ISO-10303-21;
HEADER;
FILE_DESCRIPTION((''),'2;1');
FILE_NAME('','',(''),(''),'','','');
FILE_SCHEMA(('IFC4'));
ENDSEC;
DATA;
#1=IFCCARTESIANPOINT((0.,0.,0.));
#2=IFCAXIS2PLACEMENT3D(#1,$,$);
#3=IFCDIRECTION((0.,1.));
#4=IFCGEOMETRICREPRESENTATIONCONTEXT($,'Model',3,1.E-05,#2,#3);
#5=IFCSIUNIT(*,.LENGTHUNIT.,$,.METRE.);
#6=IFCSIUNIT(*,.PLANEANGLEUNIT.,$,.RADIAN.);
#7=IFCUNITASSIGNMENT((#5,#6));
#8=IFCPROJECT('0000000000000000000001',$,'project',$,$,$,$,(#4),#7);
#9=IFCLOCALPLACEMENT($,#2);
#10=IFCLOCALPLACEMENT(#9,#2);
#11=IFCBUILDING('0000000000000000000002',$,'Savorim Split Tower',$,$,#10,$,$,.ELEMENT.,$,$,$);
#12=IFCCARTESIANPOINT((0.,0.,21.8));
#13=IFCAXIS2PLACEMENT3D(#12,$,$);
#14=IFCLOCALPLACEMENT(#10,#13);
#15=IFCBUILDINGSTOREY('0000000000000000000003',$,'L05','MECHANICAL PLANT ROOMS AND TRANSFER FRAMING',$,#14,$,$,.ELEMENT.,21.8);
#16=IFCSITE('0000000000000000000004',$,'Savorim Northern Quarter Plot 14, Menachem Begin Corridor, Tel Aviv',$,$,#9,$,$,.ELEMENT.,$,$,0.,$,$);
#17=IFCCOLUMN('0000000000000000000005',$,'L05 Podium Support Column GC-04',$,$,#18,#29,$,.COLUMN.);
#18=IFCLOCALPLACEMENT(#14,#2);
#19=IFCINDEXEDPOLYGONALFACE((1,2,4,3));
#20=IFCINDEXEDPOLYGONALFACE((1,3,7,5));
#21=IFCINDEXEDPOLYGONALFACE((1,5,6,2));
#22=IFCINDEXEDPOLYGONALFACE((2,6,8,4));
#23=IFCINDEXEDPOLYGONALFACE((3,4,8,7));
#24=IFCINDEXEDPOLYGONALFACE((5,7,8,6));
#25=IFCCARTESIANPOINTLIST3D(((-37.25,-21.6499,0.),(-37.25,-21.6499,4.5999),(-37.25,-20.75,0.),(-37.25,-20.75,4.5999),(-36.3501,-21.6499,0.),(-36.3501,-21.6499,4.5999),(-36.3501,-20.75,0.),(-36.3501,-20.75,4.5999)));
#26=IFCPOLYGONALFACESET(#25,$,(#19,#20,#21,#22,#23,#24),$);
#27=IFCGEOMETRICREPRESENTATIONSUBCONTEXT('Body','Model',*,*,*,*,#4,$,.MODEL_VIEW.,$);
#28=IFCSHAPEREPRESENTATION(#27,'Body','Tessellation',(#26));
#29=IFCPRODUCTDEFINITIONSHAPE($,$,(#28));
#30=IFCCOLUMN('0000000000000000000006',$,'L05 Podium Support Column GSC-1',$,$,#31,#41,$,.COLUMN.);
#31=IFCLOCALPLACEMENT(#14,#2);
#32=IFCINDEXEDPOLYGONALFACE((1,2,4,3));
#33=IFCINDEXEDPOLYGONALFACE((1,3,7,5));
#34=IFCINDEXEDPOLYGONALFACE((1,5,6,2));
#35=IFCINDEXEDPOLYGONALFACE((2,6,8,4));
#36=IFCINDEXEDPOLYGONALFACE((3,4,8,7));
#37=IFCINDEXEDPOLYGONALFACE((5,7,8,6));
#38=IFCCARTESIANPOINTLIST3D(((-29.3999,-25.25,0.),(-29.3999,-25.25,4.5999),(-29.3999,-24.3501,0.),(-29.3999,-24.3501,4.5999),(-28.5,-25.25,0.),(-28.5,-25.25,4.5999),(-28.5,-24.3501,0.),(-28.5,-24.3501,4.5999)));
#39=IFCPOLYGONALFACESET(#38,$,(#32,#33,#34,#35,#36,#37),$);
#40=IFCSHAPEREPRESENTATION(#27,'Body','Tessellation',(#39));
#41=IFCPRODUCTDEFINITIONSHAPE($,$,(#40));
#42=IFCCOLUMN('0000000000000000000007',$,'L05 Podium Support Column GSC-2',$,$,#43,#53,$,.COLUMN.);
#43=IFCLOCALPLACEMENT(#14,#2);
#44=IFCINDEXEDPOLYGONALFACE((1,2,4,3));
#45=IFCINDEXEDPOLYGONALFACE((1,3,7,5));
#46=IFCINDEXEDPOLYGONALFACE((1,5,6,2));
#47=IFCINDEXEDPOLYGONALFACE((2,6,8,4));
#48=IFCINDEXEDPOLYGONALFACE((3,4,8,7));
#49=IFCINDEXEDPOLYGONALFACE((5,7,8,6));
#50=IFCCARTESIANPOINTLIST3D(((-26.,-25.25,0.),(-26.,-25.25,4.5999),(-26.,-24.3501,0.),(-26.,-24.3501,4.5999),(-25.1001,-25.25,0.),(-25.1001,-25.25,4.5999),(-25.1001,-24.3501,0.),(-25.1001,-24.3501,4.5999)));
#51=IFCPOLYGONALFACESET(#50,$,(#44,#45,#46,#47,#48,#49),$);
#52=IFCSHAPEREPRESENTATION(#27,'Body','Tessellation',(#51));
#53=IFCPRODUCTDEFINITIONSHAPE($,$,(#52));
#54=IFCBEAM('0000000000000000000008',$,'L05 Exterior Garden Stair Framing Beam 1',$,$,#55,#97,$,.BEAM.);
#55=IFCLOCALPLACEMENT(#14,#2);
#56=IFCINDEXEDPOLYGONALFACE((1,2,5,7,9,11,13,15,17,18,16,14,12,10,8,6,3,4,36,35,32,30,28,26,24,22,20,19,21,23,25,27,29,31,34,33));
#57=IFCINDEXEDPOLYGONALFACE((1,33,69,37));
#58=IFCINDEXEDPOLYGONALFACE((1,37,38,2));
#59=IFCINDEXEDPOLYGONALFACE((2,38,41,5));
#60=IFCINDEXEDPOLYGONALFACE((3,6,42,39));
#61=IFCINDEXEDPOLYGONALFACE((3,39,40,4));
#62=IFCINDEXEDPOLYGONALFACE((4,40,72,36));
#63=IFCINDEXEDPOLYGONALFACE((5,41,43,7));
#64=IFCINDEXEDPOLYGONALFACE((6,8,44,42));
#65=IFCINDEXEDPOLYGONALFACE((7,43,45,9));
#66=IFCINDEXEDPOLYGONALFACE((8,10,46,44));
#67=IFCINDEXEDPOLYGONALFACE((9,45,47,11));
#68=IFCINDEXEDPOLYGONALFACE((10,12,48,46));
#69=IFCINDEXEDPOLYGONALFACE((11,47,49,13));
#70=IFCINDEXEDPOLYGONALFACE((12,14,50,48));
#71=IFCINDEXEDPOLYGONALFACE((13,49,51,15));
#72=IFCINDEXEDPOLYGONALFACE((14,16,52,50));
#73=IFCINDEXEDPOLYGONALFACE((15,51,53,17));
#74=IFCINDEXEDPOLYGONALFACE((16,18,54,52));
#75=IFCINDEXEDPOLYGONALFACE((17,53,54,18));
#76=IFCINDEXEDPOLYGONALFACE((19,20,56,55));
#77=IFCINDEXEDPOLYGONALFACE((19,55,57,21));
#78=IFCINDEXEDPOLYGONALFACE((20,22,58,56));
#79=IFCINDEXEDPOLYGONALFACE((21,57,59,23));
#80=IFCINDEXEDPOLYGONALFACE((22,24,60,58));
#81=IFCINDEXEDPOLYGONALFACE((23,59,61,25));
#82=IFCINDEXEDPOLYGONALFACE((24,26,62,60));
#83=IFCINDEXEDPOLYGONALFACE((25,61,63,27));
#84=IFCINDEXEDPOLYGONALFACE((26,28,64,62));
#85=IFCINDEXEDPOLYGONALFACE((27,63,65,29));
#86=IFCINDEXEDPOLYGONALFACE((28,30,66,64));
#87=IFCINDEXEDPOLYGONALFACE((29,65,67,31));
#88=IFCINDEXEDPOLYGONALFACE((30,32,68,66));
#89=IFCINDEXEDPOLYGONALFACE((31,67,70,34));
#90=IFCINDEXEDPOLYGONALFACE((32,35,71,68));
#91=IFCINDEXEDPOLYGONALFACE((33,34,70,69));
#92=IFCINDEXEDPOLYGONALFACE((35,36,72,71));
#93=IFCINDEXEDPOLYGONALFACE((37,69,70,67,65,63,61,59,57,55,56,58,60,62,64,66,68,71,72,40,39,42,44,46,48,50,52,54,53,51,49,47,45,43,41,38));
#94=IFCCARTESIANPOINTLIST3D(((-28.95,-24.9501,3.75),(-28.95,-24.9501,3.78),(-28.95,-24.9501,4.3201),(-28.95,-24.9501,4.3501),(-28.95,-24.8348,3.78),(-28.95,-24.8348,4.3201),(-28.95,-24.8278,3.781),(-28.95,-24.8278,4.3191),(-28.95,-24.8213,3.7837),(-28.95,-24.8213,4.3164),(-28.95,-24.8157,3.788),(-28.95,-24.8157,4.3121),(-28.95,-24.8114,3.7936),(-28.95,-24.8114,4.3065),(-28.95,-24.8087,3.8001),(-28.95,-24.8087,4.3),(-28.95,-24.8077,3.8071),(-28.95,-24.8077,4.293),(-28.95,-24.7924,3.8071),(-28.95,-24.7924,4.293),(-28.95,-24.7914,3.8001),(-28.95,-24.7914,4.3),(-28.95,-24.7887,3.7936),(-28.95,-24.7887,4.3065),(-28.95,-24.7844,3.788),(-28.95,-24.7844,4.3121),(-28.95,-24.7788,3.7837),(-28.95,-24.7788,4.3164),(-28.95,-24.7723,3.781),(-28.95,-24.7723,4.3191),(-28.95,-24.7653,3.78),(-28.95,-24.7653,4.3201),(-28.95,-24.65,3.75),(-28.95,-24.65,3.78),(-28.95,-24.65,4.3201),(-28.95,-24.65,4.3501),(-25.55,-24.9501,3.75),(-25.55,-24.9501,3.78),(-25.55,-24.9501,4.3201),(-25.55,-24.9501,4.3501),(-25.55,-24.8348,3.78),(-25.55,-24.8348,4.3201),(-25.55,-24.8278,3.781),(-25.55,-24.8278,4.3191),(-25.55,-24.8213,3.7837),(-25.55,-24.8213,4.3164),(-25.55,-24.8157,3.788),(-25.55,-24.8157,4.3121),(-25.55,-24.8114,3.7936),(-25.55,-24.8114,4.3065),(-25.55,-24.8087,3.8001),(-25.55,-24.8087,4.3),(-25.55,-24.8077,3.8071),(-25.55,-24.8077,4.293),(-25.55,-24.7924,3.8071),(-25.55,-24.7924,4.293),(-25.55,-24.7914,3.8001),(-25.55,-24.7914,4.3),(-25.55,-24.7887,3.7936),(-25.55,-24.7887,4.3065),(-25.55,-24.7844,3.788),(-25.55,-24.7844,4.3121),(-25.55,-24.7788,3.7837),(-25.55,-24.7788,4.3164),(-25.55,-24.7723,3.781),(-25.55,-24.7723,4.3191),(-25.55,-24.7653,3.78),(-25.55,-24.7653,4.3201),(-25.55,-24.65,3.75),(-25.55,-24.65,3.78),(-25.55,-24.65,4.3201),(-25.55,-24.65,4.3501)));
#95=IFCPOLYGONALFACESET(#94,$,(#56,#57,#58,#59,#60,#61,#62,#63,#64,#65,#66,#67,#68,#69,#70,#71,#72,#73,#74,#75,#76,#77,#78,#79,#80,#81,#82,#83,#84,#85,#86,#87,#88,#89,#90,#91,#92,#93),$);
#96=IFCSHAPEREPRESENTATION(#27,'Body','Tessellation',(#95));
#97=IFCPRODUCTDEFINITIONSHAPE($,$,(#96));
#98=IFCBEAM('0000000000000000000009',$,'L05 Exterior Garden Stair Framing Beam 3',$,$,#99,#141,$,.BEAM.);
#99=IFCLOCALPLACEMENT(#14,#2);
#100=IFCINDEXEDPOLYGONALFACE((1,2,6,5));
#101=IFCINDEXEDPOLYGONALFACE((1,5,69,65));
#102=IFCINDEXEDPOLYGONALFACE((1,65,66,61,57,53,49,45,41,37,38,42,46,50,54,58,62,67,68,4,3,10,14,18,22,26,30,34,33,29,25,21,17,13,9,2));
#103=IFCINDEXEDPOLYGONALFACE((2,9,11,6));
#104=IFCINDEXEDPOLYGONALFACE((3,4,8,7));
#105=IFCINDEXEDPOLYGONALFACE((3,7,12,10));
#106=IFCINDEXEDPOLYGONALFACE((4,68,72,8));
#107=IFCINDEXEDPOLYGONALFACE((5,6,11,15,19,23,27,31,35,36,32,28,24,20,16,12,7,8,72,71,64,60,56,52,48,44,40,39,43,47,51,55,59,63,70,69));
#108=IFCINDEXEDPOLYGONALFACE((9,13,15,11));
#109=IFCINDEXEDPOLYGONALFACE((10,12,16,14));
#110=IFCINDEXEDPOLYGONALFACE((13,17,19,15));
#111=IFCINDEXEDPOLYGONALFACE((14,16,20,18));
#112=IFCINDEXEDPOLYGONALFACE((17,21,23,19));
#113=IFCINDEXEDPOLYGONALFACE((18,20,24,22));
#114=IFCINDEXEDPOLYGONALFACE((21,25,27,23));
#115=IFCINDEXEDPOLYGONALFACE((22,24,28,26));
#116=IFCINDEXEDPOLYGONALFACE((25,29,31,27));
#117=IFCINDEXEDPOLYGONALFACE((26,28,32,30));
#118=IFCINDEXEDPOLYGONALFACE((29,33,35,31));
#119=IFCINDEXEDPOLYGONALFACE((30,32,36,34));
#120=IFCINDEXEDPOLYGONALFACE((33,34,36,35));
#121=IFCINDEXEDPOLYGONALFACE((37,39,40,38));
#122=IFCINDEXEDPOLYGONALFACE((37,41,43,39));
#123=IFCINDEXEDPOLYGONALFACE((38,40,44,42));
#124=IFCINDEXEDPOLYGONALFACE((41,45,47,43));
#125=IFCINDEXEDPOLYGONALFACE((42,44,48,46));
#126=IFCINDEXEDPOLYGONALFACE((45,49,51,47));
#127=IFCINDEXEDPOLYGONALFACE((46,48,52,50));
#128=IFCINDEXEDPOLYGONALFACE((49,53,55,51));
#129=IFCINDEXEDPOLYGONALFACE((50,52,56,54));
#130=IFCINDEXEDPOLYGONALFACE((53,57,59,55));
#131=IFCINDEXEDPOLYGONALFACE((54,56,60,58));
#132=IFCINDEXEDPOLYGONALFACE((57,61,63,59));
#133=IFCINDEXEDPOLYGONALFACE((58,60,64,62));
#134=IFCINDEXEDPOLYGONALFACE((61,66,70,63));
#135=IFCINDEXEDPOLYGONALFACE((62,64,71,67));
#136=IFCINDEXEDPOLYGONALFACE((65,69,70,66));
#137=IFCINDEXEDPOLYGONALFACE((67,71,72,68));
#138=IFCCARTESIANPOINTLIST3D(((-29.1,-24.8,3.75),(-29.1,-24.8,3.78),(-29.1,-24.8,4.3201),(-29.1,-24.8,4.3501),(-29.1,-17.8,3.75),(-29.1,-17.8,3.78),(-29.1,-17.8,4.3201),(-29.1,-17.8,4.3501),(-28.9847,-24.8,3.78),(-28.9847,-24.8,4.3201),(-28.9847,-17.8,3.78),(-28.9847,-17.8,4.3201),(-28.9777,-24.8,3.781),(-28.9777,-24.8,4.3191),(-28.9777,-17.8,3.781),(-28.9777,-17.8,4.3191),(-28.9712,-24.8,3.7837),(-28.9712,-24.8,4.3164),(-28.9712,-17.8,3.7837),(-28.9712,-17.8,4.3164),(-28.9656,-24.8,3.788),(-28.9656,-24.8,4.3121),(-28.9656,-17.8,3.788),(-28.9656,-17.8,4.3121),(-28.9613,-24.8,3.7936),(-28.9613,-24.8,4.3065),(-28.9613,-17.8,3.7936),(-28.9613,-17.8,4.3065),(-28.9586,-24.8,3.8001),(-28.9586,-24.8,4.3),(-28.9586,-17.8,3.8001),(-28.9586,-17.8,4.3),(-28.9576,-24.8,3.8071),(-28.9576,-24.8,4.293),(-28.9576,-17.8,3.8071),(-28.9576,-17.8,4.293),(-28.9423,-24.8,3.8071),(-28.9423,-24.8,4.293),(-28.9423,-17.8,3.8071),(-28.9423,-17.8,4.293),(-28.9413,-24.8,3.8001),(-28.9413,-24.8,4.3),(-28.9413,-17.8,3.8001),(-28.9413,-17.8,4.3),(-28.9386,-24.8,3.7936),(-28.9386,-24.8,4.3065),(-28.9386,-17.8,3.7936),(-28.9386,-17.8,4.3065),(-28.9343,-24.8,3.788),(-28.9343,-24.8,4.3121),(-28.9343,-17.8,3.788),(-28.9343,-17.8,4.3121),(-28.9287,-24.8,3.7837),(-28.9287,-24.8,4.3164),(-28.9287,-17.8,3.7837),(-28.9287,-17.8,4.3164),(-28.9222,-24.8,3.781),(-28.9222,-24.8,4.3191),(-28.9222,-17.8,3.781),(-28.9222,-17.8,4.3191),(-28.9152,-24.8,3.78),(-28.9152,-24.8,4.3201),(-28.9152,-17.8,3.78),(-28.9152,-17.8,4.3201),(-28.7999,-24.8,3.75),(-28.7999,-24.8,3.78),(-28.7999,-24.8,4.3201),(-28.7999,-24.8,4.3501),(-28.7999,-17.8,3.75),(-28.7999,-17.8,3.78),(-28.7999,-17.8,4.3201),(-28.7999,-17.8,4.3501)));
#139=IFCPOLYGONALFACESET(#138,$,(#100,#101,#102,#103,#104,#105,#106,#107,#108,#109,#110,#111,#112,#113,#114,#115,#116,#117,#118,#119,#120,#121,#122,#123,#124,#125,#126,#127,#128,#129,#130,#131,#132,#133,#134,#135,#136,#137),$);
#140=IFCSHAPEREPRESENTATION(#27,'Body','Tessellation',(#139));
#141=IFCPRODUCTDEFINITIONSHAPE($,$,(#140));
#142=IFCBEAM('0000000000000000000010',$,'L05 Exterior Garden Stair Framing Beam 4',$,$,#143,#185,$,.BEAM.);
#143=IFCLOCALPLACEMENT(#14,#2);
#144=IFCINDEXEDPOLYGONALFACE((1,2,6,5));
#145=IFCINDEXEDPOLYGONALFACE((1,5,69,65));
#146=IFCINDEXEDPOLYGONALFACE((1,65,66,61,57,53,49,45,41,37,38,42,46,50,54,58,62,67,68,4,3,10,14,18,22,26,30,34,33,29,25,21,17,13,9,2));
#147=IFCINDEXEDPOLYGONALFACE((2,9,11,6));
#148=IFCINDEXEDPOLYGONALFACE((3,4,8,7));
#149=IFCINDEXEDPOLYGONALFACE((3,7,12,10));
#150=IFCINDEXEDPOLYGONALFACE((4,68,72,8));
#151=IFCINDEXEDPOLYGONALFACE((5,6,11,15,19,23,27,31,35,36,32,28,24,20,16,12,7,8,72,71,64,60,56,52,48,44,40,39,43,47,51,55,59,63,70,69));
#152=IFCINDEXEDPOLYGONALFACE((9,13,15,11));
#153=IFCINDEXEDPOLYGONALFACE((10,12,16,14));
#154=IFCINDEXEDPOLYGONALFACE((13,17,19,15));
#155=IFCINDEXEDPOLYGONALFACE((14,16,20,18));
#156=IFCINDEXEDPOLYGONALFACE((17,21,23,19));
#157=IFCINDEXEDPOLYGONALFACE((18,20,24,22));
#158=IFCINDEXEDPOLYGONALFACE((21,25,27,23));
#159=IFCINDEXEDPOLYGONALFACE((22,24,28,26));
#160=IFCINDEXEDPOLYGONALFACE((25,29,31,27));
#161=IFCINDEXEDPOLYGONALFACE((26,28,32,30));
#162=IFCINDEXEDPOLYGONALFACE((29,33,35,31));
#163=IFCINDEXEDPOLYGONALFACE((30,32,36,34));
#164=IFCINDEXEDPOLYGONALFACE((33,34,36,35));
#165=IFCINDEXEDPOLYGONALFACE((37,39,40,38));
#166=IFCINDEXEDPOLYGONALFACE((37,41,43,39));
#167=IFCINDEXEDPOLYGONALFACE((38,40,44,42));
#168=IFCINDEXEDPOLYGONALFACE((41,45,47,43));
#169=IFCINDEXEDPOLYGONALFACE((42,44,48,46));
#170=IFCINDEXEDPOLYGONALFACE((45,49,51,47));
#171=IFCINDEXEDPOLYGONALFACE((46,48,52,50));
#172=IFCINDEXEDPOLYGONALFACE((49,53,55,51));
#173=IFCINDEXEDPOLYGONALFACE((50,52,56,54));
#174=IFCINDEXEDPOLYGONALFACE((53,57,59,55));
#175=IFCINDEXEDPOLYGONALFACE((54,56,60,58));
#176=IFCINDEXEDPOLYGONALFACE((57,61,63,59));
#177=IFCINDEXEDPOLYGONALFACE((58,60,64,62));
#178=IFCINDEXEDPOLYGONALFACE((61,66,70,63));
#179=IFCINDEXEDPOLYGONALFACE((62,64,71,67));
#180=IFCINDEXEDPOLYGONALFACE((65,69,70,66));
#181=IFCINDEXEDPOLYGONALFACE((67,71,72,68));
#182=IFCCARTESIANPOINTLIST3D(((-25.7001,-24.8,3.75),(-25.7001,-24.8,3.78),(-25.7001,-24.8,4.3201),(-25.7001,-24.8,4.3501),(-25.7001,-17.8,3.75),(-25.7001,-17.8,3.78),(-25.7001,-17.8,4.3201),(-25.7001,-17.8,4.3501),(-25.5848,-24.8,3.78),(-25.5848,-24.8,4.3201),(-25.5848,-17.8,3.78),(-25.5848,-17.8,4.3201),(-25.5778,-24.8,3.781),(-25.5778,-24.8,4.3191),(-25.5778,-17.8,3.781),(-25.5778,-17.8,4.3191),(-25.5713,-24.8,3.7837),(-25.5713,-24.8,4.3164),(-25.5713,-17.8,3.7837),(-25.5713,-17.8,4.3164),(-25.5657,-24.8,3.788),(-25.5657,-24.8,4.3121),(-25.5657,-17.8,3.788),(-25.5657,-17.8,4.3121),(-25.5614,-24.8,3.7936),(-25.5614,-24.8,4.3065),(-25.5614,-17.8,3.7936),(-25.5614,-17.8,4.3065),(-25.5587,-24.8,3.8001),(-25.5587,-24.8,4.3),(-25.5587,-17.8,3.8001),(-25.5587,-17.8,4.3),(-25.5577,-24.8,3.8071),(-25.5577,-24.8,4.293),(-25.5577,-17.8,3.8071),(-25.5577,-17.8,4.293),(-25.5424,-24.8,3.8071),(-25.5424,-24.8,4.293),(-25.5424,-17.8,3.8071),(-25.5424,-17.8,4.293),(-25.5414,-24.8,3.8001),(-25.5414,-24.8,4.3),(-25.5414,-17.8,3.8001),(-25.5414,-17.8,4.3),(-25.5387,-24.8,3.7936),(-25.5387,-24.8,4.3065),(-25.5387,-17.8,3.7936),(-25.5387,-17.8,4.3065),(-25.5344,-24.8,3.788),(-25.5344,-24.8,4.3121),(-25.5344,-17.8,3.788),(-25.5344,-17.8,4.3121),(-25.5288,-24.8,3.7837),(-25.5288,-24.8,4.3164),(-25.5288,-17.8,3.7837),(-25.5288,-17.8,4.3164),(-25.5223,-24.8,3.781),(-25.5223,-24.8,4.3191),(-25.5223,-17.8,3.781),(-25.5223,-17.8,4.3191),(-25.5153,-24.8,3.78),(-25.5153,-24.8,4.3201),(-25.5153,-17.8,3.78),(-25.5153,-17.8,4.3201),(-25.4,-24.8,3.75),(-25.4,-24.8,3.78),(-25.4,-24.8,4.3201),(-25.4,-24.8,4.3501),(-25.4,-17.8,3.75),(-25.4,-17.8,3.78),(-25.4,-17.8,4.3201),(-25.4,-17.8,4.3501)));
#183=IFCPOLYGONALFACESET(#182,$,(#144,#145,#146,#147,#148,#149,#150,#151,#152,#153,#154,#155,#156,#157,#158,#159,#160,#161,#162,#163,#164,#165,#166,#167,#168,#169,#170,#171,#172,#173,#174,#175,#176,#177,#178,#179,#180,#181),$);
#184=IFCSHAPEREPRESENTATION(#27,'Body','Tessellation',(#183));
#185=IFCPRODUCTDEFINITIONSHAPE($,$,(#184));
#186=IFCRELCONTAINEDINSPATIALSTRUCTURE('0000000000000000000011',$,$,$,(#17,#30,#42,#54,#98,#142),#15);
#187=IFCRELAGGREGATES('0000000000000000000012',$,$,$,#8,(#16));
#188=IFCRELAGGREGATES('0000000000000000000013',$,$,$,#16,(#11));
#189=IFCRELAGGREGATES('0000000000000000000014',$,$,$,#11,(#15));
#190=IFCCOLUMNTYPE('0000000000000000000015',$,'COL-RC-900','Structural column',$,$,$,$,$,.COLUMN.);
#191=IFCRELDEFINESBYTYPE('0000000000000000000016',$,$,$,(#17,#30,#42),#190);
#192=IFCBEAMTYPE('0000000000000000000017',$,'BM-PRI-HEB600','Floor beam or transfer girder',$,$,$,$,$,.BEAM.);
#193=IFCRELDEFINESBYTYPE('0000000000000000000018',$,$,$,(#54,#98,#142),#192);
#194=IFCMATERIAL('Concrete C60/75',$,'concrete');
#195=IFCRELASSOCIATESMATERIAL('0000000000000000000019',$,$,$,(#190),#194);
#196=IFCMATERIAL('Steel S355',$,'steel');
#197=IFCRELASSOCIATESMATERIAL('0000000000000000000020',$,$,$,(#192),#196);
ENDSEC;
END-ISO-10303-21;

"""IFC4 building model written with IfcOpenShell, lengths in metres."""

from ifc_helpers import new_model, si_unit, direction, frame, origin, origin_2d, place, context, subcontext, project, spatial, rectangle, i_section, extrude, material, material_profile, profile_set, type_object, element, save


model = new_model("IFC4")

# Units and contexts
model_context = context("Model", 3, precision=1e-05, world=origin(), true_north=direction((0.0, 1.0)))
body_context = subcontext(model_context, "Body", "Model", "MODEL_VIEW")
ifc_project = project(units=[si_unit("LENGTHUNIT", "METRE"), si_unit("PLANEANGLEUNIT", "RADIAN")], contexts=[model_context])

# Site, building, storey
site_placement = place(None, origin())
site = spatial("IfcSite", under=ifc_project, at=site_placement, Name="Savorim Northern Quarter Plot 14, Menachem Begin Corridor, Tel Aviv", CompositionType="ELEMENT", RefElevation=0.0)
building_placement = place(site_placement, origin())
building = spatial("IfcBuilding", under=site, at=building_placement, Name="Savorim Split Tower", CompositionType="ELEMENT")
storey_placement = place(building_placement, frame((0.0, 0.0, 21.8)))
storey = spatial("IfcBuildingStorey", under=building, at=storey_placement, Name="L05", Description="MECHANICAL PLANT ROOMS AND TRANSFER FRAMING", CompositionType="ELEMENT", Elevation=21.8)

# Columns
ifc_material_1 = material(Name="Concrete C60/75", Category="concrete")
ifc_material_profile_1 = material_profile(ifc_material_1, rectangle(XDim=0.8999, YDim=0.8999, at=origin_2d()), Name="RC 900x900")
ifc_profile_set_1 = profile_set([ifc_material_profile_1], Name="Concrete C60/75")
column_type = type_object("IfcColumnType", Name="COL-RC-900", Description="Structural column", PredefinedType="COLUMN", material=ifc_profile_set_1)
for number, where, z_axis, x_axis, name in (
    (1, (-36.8, -21.2, 0.0), (0.0, 0.0, 1.0), (1.0, 0.0, 0.0), "L05 Podium Support Column GC-04"),
    (2, (-28.95, -24.8, 0.0), (0.0, 0.0, 1.0), (1.0, 0.0, 0.0), "L05 Podium Support Column GSC-1"),
    (3, (-25.55, -24.8, 0.0), (0.0, 0.0, 1.0), (1.0, 0.0, 0.0), "L05 Podium Support Column GSC-2"),
):
    element("IfcColumn", number, at=place(storey_placement, frame(where, z_axis=z_axis, x_axis=x_axis)), inside=storey, type_object=column_type, Name=name, PredefinedType="COLUMN", context=body_context, shape_type="SweptSolid", body=[
        extrude(rectangle(XDim=0.8999, YDim=0.8999, at=origin_2d()), origin(), (0.0, 0.0, 1.0), 4.5999),
    ])

# Beams
ifc_material_2 = material(Name="Steel S355", Category="steel")
ifc_material_profile_2 = material_profile(ifc_material_2, i_section(OverallWidth=0.3, OverallDepth=0.6001, WebThickness=0.0154, FlangeThickness=0.03, FilletRadius=0.0271, at=origin_2d()), Name="HEB 600")
ifc_profile_set_2 = profile_set([ifc_material_profile_2], Name="Steel S355")
beam_type_1 = type_object("IfcBeamType", Name="BM-PRI-HEB600", Description="Floor beam or transfer girder", PredefinedType="BEAM", material=ifc_profile_set_2)
beam_placement = place(storey_placement, frame((-28.95, -24.8, 4.05), z_axis=(1.0, 0.0, 0.0), x_axis=(0.0, 1.0, 0.0)))
element("IfcBeam", 4, at=beam_placement, inside=storey, type_object=beam_type_1, Name="L05 Exterior Garden Stair Framing Beam 1", PredefinedType="BEAM", context=body_context, shape_type="SweptSolid", body=[
    extrude(i_section(OverallWidth=0.3, OverallDepth=0.6001, WebThickness=0.0154, FlangeThickness=0.03, FilletRadius=0.0271, at=origin_2d()), origin(), (0.0, 0.0, 1.0), 3.3999),
])
for number, where, z_axis, x_axis, name in (
    (5, (-28.95, -24.8, 4.05), (0.0, 1.0, 0.0), (-1.0, 0.0, 0.0), "L05 Exterior Garden Stair Framing Beam 3"),
    (6, (-25.55, -24.8, 4.05), (0.0, 1.0, 0.0), (-1.0, 0.0, 0.0), "L05 Exterior Garden Stair Framing Beam 4"),
):
    element("IfcBeam", number, at=place(storey_placement, frame(where, z_axis=z_axis, x_axis=x_axis)), inside=storey, type_object=beam_type_1, Name=name, PredefinedType="BEAM", context=body_context, shape_type="SweptSolid", body=[
        extrude(i_section(OverallWidth=0.3, OverallDepth=0.6001, WebThickness=0.0154, FlangeThickness=0.03, FilletRadius=0.0271, at=origin_2d()), origin(), (0.0, 0.0, 1.0), 7.0),
    ])

save(model, "model.ifc")
